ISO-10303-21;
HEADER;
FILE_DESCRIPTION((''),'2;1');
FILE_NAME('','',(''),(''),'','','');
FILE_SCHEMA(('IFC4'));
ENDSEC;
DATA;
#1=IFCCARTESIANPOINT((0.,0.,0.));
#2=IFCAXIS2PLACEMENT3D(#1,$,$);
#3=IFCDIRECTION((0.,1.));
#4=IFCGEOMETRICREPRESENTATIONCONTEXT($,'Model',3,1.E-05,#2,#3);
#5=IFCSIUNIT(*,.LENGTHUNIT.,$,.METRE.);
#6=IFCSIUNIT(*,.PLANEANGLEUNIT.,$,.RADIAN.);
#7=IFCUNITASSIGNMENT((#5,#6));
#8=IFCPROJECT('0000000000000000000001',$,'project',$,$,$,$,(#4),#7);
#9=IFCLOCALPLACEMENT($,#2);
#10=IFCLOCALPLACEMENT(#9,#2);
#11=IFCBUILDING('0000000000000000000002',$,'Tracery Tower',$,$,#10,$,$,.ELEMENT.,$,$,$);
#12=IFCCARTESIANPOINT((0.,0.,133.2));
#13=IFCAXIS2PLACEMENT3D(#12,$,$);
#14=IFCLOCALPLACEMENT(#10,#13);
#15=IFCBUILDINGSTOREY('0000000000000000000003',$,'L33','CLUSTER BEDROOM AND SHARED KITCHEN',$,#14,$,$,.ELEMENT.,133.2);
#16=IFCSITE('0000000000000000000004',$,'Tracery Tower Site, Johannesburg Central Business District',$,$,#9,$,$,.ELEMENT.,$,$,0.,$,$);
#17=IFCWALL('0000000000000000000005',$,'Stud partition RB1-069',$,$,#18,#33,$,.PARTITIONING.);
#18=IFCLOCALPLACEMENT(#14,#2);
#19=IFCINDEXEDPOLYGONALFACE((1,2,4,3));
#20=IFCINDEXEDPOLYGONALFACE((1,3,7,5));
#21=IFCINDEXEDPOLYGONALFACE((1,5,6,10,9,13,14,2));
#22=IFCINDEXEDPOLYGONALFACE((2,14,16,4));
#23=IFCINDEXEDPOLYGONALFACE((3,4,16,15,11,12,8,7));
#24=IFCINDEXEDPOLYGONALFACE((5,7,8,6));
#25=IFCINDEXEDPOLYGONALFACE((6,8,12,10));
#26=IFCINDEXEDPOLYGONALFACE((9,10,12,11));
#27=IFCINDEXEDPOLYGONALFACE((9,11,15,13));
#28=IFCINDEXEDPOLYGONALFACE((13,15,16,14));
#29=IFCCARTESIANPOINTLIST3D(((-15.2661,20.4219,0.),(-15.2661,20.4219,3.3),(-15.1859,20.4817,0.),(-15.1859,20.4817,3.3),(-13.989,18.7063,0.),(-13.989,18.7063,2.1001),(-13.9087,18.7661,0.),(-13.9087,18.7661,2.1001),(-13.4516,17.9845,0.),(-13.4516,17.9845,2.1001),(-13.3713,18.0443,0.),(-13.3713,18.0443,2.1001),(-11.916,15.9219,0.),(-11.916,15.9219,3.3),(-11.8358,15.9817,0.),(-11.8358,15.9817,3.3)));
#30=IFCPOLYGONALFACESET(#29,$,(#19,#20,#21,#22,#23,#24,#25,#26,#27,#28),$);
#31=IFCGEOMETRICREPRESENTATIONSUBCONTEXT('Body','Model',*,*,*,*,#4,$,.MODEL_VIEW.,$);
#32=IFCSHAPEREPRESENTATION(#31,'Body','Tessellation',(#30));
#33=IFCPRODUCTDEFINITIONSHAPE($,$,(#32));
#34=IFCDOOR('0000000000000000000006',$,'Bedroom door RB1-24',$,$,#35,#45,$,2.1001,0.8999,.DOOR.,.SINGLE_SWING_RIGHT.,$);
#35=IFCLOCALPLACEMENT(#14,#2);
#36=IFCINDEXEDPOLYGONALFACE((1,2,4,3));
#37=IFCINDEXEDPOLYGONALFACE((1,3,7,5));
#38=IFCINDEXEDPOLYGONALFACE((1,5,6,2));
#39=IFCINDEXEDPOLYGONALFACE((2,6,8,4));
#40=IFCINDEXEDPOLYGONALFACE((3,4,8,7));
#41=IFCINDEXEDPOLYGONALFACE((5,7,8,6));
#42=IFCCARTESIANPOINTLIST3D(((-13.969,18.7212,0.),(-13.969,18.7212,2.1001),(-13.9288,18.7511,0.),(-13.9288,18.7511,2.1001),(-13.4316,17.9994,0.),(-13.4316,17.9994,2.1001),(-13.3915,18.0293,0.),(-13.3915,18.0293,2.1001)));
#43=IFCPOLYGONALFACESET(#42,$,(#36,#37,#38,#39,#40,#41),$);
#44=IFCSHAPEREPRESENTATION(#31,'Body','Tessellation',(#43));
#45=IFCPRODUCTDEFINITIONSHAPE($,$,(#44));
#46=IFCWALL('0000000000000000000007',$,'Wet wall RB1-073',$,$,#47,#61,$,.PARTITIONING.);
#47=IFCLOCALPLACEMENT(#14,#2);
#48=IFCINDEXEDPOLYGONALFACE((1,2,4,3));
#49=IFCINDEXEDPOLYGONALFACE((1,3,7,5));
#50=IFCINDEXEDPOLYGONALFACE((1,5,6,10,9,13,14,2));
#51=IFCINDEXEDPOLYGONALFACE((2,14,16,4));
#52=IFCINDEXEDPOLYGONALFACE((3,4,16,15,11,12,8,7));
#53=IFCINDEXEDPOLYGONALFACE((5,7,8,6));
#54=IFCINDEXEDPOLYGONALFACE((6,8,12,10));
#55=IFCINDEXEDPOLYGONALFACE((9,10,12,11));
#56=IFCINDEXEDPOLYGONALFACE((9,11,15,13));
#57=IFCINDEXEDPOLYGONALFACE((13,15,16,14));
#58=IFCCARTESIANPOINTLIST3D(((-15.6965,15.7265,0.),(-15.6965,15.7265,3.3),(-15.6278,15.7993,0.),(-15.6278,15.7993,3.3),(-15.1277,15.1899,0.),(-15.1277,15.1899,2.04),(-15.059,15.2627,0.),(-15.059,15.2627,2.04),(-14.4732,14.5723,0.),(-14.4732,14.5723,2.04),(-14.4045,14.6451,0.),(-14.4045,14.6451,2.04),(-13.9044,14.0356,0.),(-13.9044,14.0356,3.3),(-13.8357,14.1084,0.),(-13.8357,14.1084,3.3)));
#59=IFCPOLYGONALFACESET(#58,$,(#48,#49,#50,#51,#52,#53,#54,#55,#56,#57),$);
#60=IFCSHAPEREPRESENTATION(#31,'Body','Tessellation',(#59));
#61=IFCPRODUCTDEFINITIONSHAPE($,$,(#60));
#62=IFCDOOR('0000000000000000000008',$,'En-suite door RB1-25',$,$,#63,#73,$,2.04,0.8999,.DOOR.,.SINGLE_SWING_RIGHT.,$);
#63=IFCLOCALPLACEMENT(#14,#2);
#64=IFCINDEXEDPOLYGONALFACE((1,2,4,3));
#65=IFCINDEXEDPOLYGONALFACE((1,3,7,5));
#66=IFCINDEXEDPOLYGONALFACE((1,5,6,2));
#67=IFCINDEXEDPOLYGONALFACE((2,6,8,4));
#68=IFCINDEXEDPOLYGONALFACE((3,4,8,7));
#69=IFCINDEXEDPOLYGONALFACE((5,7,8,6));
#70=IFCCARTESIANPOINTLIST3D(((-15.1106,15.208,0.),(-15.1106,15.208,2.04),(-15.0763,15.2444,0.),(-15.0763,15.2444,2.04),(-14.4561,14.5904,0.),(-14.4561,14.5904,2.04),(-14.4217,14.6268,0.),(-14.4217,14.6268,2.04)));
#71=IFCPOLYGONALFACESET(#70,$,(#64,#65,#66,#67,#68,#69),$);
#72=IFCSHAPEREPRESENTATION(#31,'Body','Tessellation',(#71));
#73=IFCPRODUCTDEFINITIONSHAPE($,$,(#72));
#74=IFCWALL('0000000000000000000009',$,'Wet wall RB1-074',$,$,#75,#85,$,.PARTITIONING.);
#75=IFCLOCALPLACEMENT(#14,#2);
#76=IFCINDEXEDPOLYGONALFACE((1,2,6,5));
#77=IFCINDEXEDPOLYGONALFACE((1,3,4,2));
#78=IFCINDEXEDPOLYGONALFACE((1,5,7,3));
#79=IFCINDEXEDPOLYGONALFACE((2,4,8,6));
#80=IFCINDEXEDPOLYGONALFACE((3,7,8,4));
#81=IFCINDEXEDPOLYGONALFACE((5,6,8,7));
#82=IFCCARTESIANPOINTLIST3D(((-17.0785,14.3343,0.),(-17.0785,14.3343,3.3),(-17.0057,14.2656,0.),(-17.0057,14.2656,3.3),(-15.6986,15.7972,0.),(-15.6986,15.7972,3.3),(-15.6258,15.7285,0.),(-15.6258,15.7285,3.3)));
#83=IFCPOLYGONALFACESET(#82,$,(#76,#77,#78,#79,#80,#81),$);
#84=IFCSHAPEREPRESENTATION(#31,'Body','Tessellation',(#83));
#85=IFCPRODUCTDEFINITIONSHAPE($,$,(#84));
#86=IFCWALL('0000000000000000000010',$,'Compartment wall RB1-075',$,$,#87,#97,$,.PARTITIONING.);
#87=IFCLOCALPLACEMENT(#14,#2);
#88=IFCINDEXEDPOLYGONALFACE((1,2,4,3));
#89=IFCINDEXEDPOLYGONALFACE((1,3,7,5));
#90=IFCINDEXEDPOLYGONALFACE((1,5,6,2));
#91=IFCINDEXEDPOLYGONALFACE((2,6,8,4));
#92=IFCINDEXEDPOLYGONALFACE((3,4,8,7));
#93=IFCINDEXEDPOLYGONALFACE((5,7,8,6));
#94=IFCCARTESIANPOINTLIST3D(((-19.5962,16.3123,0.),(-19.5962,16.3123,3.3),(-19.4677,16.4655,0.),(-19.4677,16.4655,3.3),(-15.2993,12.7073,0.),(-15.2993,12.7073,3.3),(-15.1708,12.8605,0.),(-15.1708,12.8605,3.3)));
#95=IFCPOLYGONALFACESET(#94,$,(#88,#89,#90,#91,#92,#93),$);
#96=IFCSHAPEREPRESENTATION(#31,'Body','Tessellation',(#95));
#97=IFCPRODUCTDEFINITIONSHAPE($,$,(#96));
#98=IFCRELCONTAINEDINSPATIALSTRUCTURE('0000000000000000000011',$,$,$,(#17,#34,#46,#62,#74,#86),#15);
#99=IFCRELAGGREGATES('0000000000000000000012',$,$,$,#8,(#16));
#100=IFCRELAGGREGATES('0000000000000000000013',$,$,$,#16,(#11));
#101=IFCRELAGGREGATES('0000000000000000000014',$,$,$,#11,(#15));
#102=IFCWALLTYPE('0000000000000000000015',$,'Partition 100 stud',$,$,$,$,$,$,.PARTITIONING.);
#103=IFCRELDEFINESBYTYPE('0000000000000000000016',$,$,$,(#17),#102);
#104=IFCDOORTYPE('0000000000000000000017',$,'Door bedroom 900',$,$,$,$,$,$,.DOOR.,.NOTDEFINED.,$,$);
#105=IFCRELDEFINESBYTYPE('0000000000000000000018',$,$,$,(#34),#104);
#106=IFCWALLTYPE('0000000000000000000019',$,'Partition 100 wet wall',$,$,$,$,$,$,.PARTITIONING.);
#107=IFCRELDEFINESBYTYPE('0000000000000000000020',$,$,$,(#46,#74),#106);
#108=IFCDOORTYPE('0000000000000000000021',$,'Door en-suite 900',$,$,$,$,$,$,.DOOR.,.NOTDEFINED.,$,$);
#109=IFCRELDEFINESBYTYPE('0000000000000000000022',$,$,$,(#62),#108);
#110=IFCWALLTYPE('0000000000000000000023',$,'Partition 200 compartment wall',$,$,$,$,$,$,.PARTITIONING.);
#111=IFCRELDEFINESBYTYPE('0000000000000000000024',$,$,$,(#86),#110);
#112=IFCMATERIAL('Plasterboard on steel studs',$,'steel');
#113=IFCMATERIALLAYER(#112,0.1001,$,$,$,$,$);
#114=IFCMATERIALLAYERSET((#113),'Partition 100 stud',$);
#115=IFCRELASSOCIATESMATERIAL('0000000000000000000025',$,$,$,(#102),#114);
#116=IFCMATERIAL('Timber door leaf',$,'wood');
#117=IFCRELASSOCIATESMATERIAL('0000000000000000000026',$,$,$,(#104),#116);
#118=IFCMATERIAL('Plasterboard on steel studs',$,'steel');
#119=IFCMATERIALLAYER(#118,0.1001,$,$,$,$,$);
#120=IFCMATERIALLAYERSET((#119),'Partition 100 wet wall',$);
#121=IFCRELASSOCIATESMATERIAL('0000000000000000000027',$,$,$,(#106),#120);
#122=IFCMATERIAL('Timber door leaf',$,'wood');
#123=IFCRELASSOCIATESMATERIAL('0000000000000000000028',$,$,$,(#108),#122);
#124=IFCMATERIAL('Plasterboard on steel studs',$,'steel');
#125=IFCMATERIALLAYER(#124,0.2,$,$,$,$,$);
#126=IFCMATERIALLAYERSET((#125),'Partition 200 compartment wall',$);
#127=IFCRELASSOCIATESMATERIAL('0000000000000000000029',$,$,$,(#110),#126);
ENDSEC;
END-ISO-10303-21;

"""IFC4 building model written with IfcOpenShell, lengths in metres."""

from ifc_helpers import new_model, si_unit, direction, frame, frame_2d, origin, place, context, subcontext, project, spatial, rectangle, extrude, material, layer, layer_set, type_object, element, fill, save


model = new_model("IFC4")

# Units and contexts
model_context = context("Model", 3, precision=1e-05, world=origin(), true_north=direction((0.0, 1.0)))
body_context = subcontext(model_context, "Body", "Model", "MODEL_VIEW")
ifc_project = project(units=[si_unit("LENGTHUNIT", "METRE"), si_unit("PLANEANGLEUNIT", "RADIAN")], contexts=[model_context])

# Site, building, storey
site_placement = place(None, origin())
site = spatial("IfcSite", under=ifc_project, at=site_placement, Name="Tracery Tower Site, Johannesburg Central Business District", CompositionType="ELEMENT", RefElevation=0.0)
building_placement = place(site_placement, origin())
building = spatial("IfcBuilding", under=site, at=building_placement, Name="Tracery Tower", CompositionType="ELEMENT")
storey_placement = place(building_placement, frame((0.0, 0.0, 133.2)))
storey = spatial("IfcBuildingStorey", under=building, at=storey_placement, Name="L33", Description="CLUSTER BEDROOM AND SHARED KITCHEN", CompositionType="ELEMENT", Elevation=133.2)

# Walls, openings, doors
ifc_material_1 = material(Name="Plasterboard on steel studs", Category="steel")
ifc_layer_1 = layer(ifc_material_1, 0.1001)
ifc_layer_set_1 = layer_set([ifc_layer_1], Name="Partition 100 stud")
wall_type_1 = type_object("IfcWallType", Name="Partition 100 stud", PredefinedType="PARTITIONING", material=ifc_layer_set_1)
wall_1_placement = place(storey_placement, frame((-15.2261, 20.4519, 0.0), z_axis=(0.0, 0.0, 1.0), x_axis=(0.597155, -0.802126, 0.0)))
wall_1 = element("IfcWall", 1, at=wall_1_placement, inside=storey, type_object=wall_type_1, Name="Stud partition RB1-069", PredefinedType="PARTITIONING", context=body_context, shape_type="SweptSolid", body=[
    extrude(rectangle(XDim=5.6101, YDim=0.1001, at=frame_2d((2.8052, 0.0))), origin(), (0.0, 0.0, 1.0), 3.3),
])
opening_1_placement = place(wall_1_placement, frame((2.1389, 0.0, 0.0)))
opening_1 = element("IfcOpeningElement", 2, at=opening_1_placement, cuts=wall_1, PredefinedType="OPENING", context=body_context, shape_type="SweptSolid", body=[
    extrude(rectangle(XDim=0.8999, YDim=2.1001, at=frame_2d((0.45, 1.05))), frame((0.0, 0.05, 0.0), z_axis=(0.0, -1.0, 0.0), x_axis=(1.0, 0.0, 0.0)), (0.0, 0.0, 1.0), 0.1001),
])
ifc_material_2 = material(Name="Timber door leaf", Category="wood")
door_type_1 = type_object("IfcDoorType", Name="Door bedroom 900", OperationType="NOTDEFINED", PredefinedType="DOOR", material=ifc_material_2)
door_1_placement = place(opening_1_placement, origin())
door_1 = element("IfcDoor", 3, at=door_1_placement, inside=storey, type_object=door_type_1, Name="Bedroom door RB1-24", OperationType="SINGLE_SWING_RIGHT", OverallHeight=2.1001, OverallWidth=0.8999, PredefinedType="DOOR", context=body_context, shape_type="SweptSolid", body=[
    extrude(rectangle(XDim=0.8999, YDim=2.1001, at=frame_2d((0.45, 1.05))), frame((0.0, 0.0249, 0.0), z_axis=(0.0, -1.0, 0.0), x_axis=(1.0, 0.0, 0.0)), (0.0, 0.0, 1.0), 0.05),
])
fill(opening_1, door_1)
ifc_material_3 = material(Name="Plasterboard on steel studs", Category="steel")
ifc_layer_2 = layer(ifc_material_3, 0.1001)
ifc_layer_set_2 = layer_set([ifc_layer_2], Name="Partition 100 wet wall")
wall_type_2 = type_object("IfcWallType", Name="Partition 100 wet wall", PredefinedType="PARTITIONING", material=ifc_layer_set_2)
wall_2_placement = place(storey_placement, frame((-15.6621, 15.7629, 0.0), z_axis=(0.0, 0.0, 1.0), x_axis=(0.727321, -0.686298, 0.0)))
wall_2 = element("IfcWall", 4, at=wall_2_placement, inside=storey, type_object=wall_type_2, Name="Wet wall RB1-073", PredefinedType="PARTITIONING", context=body_context, shape_type="SweptSolid", body=[
    extrude(rectangle(XDim=2.4639, YDim=0.1001, at=frame_2d((1.2319, 0.0))), origin(), (0.0, 0.0, 1.0), 3.3),
])
opening_2_placement = place(wall_2_placement, frame((0.782, 0.0, 0.0)))
opening_2 = element("IfcOpeningElement", 5, at=opening_2_placement, cuts=wall_2, PredefinedType="OPENING", context=body_context, shape_type="SweptSolid", body=[
    extrude(rectangle(XDim=0.8999, YDim=2.04, at=frame_2d((0.45, 1.02))), frame((0.0, 0.05, 0.0), z_axis=(0.0, -1.0, 0.0), x_axis=(1.0, 0.0, 0.0)), (0.0, 0.0, 1.0), 0.1001),
])
ifc_material_4 = material(Name="Timber door leaf", Category="wood")
door_type_2 = type_object("IfcDoorType", Name="Door en-suite 900", OperationType="NOTDEFINED", PredefinedType="DOOR", material=ifc_material_4)
door_2_placement = place(opening_2_placement, origin())
door_2 = element("IfcDoor", 6, at=door_2_placement, inside=storey, type_object=door_type_2, Name="En-suite door RB1-25", OperationType="SINGLE_SWING_RIGHT", OverallHeight=2.04, OverallWidth=0.8999, PredefinedType="DOOR", context=body_context, shape_type="SweptSolid", body=[
    extrude(rectangle(XDim=0.8999, YDim=2.04, at=frame_2d((0.45, 1.02))), frame((0.0, 0.0249, 0.0), z_axis=(0.0, -1.0, 0.0), x_axis=(1.0, 0.0, 0.0)), (0.0, 0.0, 1.0), 0.05),
])
fill(opening_2, door_2)

# Walls
wall_3_placement = place(storey_placement, frame((-17.042, 14.3, 0.0), z_axis=(0.0, 0.0, 1.0), x_axis=(0.686167, 0.727444, 0.0)))
element("IfcWall", 7, at=wall_3_placement, inside=storey, type_object=wall_type_2, Name="Wet wall RB1-074", PredefinedType="PARTITIONING", context=body_context, shape_type="SweptSolid", body=[
    extrude(rectangle(XDim=2.011, YDim=0.1001, at=frame_2d((1.0054, 0.0))), origin(), (0.0, 0.0, 1.0), 3.3),
])
ifc_material_5 = material(Name="Plasterboard on steel studs", Category="steel")
ifc_layer_3 = layer(ifc_material_5, 0.2)
ifc_layer_set_3 = layer_set([ifc_layer_3], Name="Partition 200 compartment wall")
wall_type_3 = type_object("IfcWallType", Name="Partition 200 compartment wall", PredefinedType="PARTITIONING", material=ifc_layer_set_3)
wall_4_placement = place(storey_placement, frame((-19.532, 16.3889, 0.0), z_axis=(0.0, 0.0, 1.0), x_axis=(0.766091, -0.642733, 0.0)))
element("IfcWall", 8, at=wall_4_placement, inside=storey, type_object=wall_type_3, Name="Compartment wall RB1-075", PredefinedType="PARTITIONING", context=body_context, shape_type="SweptSolid", body=[
    extrude(rectangle(XDim=5.6089, YDim=0.2, at=frame_2d((2.8044, 0.0))), origin(), (0.0, 0.0, 1.0), 3.3),
])

save(model, "model.ifc")
